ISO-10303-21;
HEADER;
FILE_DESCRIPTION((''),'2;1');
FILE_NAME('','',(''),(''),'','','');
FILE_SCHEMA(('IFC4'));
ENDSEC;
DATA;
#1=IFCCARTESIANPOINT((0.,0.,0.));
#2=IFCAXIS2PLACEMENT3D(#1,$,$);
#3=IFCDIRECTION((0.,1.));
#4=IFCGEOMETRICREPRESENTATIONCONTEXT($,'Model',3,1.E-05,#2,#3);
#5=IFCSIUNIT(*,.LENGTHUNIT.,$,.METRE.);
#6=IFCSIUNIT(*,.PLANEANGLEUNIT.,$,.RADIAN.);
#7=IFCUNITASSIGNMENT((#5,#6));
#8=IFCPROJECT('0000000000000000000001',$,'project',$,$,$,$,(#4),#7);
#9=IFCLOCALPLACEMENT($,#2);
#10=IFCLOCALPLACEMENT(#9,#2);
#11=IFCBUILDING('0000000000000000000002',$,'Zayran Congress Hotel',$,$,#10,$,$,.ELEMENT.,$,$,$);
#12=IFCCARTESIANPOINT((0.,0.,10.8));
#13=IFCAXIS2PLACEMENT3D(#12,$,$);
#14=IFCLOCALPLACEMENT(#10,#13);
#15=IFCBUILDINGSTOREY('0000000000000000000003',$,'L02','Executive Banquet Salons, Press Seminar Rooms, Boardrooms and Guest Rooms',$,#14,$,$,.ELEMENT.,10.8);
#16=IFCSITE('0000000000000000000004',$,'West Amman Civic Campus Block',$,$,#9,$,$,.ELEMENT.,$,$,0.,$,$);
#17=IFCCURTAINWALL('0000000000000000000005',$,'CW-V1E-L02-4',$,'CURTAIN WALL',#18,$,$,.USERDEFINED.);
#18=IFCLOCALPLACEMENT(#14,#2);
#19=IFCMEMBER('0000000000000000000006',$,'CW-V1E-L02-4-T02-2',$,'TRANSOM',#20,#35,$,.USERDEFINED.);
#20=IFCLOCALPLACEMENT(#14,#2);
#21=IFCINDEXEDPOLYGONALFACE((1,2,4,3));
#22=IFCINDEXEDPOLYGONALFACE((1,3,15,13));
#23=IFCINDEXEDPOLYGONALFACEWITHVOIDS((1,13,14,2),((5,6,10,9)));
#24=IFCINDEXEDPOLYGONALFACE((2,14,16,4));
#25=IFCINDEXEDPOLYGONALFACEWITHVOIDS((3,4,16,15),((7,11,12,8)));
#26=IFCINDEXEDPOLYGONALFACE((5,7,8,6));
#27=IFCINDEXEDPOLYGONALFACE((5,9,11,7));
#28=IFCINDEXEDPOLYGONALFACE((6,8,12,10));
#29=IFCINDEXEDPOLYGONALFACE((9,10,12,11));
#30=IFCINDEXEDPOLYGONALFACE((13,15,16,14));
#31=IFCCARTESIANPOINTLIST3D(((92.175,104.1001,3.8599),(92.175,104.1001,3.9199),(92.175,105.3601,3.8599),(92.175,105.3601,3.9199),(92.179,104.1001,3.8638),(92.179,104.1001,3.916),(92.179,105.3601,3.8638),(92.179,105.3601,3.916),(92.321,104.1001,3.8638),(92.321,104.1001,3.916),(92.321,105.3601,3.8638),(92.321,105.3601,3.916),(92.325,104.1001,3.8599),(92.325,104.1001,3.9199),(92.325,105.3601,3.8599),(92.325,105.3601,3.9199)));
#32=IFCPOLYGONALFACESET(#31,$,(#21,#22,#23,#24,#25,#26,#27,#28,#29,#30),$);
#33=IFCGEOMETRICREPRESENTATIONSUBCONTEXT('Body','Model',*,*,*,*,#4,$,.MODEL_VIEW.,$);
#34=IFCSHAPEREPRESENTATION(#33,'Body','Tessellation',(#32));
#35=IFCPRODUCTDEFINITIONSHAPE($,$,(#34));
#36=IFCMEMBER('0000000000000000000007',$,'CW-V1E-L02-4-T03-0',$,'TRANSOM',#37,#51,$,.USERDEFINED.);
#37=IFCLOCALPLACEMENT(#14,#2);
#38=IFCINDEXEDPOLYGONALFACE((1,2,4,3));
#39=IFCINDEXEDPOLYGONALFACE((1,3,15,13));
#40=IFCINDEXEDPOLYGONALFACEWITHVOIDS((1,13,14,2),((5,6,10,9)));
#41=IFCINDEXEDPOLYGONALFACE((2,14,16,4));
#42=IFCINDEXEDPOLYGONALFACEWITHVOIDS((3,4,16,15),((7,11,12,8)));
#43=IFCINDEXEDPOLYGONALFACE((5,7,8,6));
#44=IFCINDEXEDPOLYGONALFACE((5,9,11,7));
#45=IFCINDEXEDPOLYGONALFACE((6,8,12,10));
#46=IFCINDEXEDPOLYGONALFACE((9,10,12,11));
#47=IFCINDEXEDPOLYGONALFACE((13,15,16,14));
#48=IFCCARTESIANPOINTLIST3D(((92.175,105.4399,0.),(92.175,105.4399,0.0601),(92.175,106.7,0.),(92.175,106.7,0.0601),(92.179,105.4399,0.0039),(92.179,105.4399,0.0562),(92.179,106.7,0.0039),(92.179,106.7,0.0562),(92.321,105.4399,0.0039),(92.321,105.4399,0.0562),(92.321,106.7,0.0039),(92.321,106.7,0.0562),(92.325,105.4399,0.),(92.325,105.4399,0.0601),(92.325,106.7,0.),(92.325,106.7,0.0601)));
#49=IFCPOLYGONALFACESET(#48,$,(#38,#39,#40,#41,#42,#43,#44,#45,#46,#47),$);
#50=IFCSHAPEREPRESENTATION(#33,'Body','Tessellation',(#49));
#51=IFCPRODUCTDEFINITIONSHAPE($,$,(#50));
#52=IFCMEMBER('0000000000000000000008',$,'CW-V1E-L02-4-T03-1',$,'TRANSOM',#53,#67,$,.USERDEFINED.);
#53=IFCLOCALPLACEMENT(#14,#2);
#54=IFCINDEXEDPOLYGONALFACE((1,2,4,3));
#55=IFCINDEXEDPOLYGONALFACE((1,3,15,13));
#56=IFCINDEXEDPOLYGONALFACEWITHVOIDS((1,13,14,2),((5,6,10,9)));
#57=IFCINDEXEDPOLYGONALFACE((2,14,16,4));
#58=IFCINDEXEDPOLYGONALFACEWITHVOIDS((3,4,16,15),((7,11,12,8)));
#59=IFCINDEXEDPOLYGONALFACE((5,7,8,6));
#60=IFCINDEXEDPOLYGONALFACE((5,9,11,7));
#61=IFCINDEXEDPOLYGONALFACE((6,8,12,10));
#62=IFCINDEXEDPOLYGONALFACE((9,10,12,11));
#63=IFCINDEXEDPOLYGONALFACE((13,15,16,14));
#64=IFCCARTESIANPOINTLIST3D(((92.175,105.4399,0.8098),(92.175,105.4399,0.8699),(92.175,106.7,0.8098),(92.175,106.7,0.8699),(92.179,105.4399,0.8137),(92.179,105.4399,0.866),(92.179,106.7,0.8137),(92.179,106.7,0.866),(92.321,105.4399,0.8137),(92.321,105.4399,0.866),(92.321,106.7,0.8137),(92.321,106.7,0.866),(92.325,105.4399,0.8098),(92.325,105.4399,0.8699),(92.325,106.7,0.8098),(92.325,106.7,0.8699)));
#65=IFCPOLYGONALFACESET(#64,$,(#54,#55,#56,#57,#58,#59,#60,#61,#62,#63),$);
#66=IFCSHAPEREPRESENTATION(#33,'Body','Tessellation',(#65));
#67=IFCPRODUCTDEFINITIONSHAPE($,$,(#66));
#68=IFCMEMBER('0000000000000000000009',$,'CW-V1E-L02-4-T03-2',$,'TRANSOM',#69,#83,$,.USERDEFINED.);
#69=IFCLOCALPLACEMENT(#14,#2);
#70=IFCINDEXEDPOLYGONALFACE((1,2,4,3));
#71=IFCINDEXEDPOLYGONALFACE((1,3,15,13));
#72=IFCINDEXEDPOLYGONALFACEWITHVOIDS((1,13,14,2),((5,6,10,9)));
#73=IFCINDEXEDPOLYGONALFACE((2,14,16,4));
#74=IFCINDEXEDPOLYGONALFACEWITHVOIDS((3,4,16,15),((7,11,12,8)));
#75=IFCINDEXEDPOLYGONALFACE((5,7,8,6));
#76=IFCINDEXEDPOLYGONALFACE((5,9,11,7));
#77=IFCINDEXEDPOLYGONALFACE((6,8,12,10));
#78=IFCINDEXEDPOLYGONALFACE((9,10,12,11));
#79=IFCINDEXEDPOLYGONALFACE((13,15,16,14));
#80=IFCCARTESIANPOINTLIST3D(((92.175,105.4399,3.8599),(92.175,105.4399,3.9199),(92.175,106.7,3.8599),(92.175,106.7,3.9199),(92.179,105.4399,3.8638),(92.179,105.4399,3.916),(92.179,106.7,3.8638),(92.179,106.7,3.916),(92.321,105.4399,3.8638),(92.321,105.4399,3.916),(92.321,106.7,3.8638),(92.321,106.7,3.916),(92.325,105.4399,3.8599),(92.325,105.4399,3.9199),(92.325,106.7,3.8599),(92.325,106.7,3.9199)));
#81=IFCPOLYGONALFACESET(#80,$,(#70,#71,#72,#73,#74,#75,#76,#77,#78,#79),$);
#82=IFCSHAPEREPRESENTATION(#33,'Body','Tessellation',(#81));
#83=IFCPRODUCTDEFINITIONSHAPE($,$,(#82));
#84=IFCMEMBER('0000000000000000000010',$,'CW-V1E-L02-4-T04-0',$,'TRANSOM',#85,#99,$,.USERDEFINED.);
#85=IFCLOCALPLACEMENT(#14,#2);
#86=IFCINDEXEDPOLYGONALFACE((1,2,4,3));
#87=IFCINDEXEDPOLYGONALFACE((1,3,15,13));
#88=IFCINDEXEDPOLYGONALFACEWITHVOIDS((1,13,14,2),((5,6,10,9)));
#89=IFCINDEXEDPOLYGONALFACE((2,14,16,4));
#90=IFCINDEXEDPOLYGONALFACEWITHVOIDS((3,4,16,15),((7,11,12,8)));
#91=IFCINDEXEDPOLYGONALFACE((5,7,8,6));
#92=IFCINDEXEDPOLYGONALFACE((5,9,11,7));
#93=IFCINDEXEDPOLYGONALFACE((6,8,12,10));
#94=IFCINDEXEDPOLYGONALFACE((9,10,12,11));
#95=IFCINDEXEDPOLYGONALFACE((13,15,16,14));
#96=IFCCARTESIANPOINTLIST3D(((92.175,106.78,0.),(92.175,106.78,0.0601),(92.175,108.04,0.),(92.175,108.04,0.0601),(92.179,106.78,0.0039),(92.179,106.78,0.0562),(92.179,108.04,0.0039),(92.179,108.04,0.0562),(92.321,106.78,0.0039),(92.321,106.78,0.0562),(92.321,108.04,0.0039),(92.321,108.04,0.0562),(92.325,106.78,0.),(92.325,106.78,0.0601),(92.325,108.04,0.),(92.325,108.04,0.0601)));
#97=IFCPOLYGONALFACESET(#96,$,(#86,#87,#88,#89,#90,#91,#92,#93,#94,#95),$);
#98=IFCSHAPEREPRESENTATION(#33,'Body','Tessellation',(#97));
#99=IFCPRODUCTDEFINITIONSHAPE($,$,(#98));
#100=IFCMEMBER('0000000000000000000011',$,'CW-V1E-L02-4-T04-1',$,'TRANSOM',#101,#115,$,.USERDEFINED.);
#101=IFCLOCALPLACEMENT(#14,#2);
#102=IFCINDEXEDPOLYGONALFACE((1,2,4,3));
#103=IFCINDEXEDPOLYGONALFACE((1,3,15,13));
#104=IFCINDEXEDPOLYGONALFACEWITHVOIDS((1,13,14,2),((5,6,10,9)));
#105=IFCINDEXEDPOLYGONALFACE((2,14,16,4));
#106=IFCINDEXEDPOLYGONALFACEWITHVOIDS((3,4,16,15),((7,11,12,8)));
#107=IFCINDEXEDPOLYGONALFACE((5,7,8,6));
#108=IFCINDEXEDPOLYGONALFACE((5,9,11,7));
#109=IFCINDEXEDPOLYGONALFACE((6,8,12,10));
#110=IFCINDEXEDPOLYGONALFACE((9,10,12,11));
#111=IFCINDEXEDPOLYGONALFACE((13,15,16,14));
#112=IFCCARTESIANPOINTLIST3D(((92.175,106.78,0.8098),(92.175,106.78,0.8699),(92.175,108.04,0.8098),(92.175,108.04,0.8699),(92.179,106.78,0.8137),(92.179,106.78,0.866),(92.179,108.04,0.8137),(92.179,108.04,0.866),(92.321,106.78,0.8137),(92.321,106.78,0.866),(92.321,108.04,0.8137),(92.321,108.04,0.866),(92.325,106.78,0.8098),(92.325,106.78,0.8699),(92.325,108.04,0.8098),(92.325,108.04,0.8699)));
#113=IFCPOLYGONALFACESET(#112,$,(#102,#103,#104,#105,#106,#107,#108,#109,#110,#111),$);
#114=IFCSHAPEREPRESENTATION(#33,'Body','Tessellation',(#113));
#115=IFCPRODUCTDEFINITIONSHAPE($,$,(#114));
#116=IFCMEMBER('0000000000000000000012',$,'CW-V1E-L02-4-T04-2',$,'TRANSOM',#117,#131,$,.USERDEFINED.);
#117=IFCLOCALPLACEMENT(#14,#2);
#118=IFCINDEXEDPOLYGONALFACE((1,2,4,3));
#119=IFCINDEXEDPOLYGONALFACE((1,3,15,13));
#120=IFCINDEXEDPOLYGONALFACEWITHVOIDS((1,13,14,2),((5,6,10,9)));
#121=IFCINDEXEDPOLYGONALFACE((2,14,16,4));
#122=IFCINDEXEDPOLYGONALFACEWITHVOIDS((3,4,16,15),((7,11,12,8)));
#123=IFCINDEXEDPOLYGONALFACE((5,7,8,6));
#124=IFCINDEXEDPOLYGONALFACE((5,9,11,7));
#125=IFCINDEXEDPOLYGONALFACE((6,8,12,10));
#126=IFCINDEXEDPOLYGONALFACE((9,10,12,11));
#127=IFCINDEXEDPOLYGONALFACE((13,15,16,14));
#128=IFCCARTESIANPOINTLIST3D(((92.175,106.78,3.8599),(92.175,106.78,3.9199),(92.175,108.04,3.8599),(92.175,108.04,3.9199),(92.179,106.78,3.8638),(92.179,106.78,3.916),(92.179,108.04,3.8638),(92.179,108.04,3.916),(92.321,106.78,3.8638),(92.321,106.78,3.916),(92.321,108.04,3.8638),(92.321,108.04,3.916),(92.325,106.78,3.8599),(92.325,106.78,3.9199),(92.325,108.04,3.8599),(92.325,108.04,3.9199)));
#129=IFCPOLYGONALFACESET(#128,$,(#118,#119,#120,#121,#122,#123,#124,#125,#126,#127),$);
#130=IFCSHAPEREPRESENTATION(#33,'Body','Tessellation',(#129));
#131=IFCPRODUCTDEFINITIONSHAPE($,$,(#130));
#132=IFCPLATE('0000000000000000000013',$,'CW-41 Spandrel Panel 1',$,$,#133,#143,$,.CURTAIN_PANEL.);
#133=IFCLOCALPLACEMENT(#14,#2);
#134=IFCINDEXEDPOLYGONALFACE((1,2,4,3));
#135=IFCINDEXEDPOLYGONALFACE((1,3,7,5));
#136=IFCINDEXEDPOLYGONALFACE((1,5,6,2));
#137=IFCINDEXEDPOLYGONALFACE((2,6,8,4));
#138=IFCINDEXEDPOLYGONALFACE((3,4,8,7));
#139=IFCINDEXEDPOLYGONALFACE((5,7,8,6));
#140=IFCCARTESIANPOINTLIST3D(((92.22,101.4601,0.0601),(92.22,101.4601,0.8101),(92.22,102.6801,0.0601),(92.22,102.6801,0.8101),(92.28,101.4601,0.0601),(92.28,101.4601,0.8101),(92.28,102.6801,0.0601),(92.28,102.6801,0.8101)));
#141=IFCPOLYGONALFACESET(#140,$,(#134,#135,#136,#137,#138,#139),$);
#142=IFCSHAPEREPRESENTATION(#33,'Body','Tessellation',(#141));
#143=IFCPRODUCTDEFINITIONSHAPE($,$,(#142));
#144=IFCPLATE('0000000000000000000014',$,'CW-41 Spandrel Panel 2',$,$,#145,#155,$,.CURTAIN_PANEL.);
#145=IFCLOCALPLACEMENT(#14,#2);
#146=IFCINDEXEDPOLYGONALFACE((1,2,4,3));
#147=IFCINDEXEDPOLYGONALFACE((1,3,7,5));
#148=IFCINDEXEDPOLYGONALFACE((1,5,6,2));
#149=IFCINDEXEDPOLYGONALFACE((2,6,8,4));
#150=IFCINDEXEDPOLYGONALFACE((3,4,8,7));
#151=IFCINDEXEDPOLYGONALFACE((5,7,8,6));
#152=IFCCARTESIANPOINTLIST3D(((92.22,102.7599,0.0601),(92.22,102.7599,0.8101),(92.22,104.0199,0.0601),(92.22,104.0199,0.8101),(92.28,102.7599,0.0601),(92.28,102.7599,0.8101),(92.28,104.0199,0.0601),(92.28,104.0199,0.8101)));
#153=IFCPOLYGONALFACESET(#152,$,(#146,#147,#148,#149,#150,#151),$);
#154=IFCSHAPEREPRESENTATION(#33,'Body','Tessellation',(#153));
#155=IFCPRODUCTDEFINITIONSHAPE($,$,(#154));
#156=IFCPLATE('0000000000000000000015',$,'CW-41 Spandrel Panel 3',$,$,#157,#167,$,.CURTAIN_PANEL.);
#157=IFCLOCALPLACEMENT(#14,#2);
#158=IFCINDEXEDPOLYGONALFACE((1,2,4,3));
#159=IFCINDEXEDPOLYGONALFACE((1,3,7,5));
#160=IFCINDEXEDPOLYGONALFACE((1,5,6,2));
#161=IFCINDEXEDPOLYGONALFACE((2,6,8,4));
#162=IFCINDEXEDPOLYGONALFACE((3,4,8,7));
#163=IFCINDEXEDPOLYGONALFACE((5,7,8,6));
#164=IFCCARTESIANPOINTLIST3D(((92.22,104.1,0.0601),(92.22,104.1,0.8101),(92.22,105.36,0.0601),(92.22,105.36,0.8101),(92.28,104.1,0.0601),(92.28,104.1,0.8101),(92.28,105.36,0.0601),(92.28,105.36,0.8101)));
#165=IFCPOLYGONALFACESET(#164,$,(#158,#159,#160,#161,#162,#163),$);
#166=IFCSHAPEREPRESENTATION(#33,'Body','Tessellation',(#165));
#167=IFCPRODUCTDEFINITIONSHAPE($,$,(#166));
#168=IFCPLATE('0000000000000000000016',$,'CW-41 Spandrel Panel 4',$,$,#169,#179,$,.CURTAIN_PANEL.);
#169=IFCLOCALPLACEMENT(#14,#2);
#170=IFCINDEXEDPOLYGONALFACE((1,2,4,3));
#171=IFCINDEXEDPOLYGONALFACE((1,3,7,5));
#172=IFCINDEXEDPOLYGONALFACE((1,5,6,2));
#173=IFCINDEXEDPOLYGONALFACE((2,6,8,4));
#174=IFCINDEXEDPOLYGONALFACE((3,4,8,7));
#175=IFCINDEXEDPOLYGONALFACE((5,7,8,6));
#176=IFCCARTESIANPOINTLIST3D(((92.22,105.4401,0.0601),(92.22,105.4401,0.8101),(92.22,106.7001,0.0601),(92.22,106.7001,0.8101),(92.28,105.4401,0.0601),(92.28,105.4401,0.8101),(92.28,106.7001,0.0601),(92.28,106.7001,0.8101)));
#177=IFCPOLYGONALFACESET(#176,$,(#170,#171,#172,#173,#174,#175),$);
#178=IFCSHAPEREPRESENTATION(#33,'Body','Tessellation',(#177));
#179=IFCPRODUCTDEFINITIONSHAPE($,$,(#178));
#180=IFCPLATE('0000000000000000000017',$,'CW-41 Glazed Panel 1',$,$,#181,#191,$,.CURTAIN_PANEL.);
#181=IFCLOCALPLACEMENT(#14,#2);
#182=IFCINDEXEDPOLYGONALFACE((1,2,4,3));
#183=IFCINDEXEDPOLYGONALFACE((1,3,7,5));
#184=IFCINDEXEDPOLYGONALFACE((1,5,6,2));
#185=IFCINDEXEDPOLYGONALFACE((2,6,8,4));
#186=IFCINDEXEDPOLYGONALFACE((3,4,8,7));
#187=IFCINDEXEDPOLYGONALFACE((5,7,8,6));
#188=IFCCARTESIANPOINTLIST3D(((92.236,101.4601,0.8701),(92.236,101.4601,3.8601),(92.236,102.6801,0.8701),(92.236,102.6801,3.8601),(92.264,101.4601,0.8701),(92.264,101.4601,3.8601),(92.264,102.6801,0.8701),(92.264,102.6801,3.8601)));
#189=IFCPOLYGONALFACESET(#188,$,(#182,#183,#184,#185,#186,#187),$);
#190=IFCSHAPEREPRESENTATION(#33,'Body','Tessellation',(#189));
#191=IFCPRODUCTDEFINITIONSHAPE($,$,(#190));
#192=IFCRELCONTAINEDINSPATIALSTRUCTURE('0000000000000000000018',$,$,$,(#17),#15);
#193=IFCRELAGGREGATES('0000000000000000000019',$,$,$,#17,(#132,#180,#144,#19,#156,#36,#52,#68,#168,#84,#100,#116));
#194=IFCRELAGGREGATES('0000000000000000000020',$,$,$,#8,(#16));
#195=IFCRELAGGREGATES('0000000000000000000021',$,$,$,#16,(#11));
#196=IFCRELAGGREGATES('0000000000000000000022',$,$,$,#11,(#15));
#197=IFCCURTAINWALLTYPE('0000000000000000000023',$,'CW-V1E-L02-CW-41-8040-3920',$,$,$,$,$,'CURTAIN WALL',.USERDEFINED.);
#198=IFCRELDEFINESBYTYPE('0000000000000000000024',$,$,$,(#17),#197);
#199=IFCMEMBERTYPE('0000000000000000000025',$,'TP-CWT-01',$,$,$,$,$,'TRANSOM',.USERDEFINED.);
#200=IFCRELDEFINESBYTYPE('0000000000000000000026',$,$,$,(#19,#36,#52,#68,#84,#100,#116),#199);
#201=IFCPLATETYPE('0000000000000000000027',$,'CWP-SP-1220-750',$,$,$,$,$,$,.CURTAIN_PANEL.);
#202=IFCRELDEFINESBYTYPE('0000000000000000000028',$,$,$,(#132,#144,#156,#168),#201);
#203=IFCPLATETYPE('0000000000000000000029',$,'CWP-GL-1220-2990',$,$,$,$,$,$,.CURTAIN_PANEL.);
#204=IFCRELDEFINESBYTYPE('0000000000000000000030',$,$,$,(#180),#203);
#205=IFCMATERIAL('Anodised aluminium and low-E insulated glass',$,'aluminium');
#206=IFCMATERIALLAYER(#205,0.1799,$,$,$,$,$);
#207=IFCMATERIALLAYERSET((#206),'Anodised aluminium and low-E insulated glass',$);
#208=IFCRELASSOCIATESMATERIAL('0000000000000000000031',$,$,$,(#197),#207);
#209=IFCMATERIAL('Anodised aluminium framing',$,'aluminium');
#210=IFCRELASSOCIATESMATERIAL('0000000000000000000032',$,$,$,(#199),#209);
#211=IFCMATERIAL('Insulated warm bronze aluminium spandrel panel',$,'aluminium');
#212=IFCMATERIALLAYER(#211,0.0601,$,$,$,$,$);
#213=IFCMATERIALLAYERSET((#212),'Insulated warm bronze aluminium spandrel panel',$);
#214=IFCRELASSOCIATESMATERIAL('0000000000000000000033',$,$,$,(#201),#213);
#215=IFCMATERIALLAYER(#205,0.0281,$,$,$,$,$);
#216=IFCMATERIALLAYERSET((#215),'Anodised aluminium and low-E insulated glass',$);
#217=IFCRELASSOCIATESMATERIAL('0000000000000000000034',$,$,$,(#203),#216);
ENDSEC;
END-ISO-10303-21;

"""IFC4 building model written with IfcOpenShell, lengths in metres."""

from ifc_helpers import new_model, si_unit, direction, frame, origin, origin_2d, place, context, subcontext, project, spatial, rectangle, hollow_rectangle, extrude, material, layer, layer_set, material_profile, profile_set, type_object, element, aggregate, save


model = new_model("IFC4")

# Units and contexts
model_context = context("Model", 3, precision=1e-05, world=origin(), true_north=direction((0.0, 1.0)))
body_context = subcontext(model_context, "Body", "Model", "MODEL_VIEW")
ifc_project = project(units=[si_unit("LENGTHUNIT", "METRE"), si_unit("PLANEANGLEUNIT", "RADIAN")], contexts=[model_context])

# Site, building, storey
site_placement = place(None, origin())
site = spatial("IfcSite", under=ifc_project, at=site_placement, Name="West Amman Civic Campus Block", CompositionType="ELEMENT", RefElevation=0.0)
building_placement = place(site_placement, origin())
building = spatial("IfcBuilding", under=site, at=building_placement, Name="Zayran Congress Hotel", CompositionType="ELEMENT")
storey_placement = place(building_placement, frame((0.0, 0.0, 10.8)))
storey = spatial("IfcBuildingStorey", under=building, at=storey_placement, Name="L02", Description="Executive Banquet Salons, Press Seminar Rooms, Boardrooms and Guest Rooms", CompositionType="ELEMENT", Elevation=10.8)

# Curtain wall, members, plates
ifc_material_1 = material(Name="Anodised aluminium and low-E insulated glass", Category="aluminium")
ifc_layer_1 = layer(ifc_material_1, 0.1799)
ifc_layer_set_1 = layer_set([ifc_layer_1], Name="Anodised aluminium and low-E insulated glass")
curtain_wall_type = type_object("IfcCurtainWallType", Name="CW-V1E-L02-CW-41-8040-3920", ElementType="CURTAIN WALL", PredefinedType="USERDEFINED", material=ifc_layer_set_1)
curtain_wall_placement = place(storey_placement, origin())
curtain_wall = element("IfcCurtainWall", 1, at=curtain_wall_placement, inside=storey, type_object=curtain_wall_type, Name="CW-V1E-L02-4", ObjectType="CURTAIN WALL", PredefinedType="USERDEFINED")
ifc_material_2 = material(Name="Anodised aluminium framing", Category="aluminium")
ifc_material_profile_1 = material_profile(ifc_material_2, hollow_rectangle(XDim=0.0601, YDim=0.1499, WallThickness=0.0039, at=origin_2d()), Name="RHS 150x60x4")
ifc_profile_set_1 = profile_set([ifc_material_profile_1], Name="Anodised aluminium framing")
member_type_1 = type_object("IfcMemberType", Name="TP-CWT-01", ElementType="TRANSOM", PredefinedType="USERDEFINED", material=ifc_profile_set_1)
member_1_placement = place(storey_placement, frame((92.25, 104.1001, 3.8899), z_axis=(0.0, 1.0, 0.0), x_axis=(0.0, 0.0, 1.0)))
member_1 = element("IfcMember", 2, at=member_1_placement, type_object=member_type_1, Name="CW-V1E-L02-4-T02-2", ObjectType="TRANSOM", PredefinedType="USERDEFINED", context=body_context, shape_type="SweptSolid", body=[
    extrude(hollow_rectangle(XDim=0.0601, YDim=0.1499, WallThickness=0.0039, at=origin_2d()), origin(), (0.0, 0.0, 1.0), 1.26),
])
member_2_placement = place(storey_placement, frame((92.25, 105.4399, 0.03), z_axis=(0.0, 1.0, 0.0), x_axis=(0.0, 0.0, 1.0)))
member_2 = element("IfcMember", 3, at=member_2_placement, type_object=member_type_1, Name="CW-V1E-L02-4-T03-0", ObjectType="TRANSOM", PredefinedType="USERDEFINED", context=body_context, shape_type="SweptSolid", body=[
    extrude(hollow_rectangle(XDim=0.0601, YDim=0.1499, WallThickness=0.0039, at=origin_2d()), origin(), (0.0, 0.0, 1.0), 1.26),
])
member_3_placement = place(storey_placement, frame((92.25, 105.4399, 0.8398), z_axis=(0.0, 1.0, 0.0), x_axis=(0.0, 0.0, 1.0)))
member_3 = element("IfcMember", 4, at=member_3_placement, type_object=member_type_1, Name="CW-V1E-L02-4-T03-1", ObjectType="TRANSOM", PredefinedType="USERDEFINED", context=body_context, shape_type="SweptSolid", body=[
    extrude(hollow_rectangle(XDim=0.0601, YDim=0.1499, WallThickness=0.0039, at=origin_2d()), origin(), (0.0, 0.0, 1.0), 1.26),
])
member_4_placement = place(storey_placement, frame((92.25, 105.4399, 3.8899), z_axis=(0.0, 1.0, 0.0), x_axis=(0.0, 0.0, 1.0)))
member_4 = element("IfcMember", 5, at=member_4_placement, type_object=member_type_1, Name="CW-V1E-L02-4-T03-2", ObjectType="TRANSOM", PredefinedType="USERDEFINED", context=body_context, shape_type="SweptSolid", body=[
    extrude(hollow_rectangle(XDim=0.0601, YDim=0.1499, WallThickness=0.0039, at=origin_2d()), origin(), (0.0, 0.0, 1.0), 1.26),
])
member_5_placement = place(storey_placement, frame((92.25, 106.78, 0.03), z_axis=(0.0, 1.0, 0.0), x_axis=(0.0, 0.0, 1.0)))
member_5 = element("IfcMember", 6, at=member_5_placement, type_object=member_type_1, Name="CW-V1E-L02-4-T04-0", ObjectType="TRANSOM", PredefinedType="USERDEFINED", context=body_context, shape_type="SweptSolid", body=[
    extrude(hollow_rectangle(XDim=0.0601, YDim=0.1499, WallThickness=0.0039, at=origin_2d()), origin(), (0.0, 0.0, 1.0), 1.26),
])
member_6_placement = place(storey_placement, frame((92.25, 106.78, 0.8398), z_axis=(0.0, 1.0, 0.0), x_axis=(0.0, 0.0, 1.0)))
member_6 = element("IfcMember", 7, at=member_6_placement, type_object=member_type_1, Name="CW-V1E-L02-4-T04-1", ObjectType="TRANSOM", PredefinedType="USERDEFINED", context=body_context, shape_type="SweptSolid", body=[
    extrude(hollow_rectangle(XDim=0.0601, YDim=0.1499, WallThickness=0.0039, at=origin_2d()), origin(), (0.0, 0.0, 1.0), 1.26),
])
member_7_placement = place(storey_placement, frame((92.25, 106.78, 3.8899), z_axis=(0.0, 1.0, 0.0), x_axis=(0.0, 0.0, 1.0)))
member_7 = element("IfcMember", 8, at=member_7_placement, type_object=member_type_1, Name="CW-V1E-L02-4-T04-2", ObjectType="TRANSOM", PredefinedType="USERDEFINED", context=body_context, shape_type="SweptSolid", body=[
    extrude(hollow_rectangle(XDim=0.0601, YDim=0.1499, WallThickness=0.0039, at=origin_2d()), origin(), (0.0, 0.0, 1.0), 1.26),
])
ifc_material_3 = material(Name="Insulated warm bronze aluminium spandrel panel", Category="aluminium")
ifc_layer_2 = layer(ifc_material_3, 0.0601)
ifc_layer_set_2 = layer_set([ifc_layer_2], Name="Insulated warm bronze aluminium spandrel panel")
plate_type_1 = type_object("IfcPlateType", Name="CWP-SP-1220-750", PredefinedType="CURTAIN_PANEL", material=ifc_layer_set_2)
plate_1_placement = place(storey_placement, frame((92.25, 102.0701, 0.0601), z_axis=(0.0, 0.0, 1.0), x_axis=(0.0, 1.0, 0.0)))
plate_1 = element("IfcPlate", 9, at=plate_1_placement, type_object=plate_type_1, Name="CW-41 Spandrel Panel 1", PredefinedType="CURTAIN_PANEL", context=body_context, shape_type="SweptSolid", body=[
    extrude(rectangle(XDim=1.22, YDim=0.0601, at=origin_2d()), origin(), (0.0, 0.0, 1.0), 0.75),
])
plate_2_placement = place(storey_placement, frame((92.25, 103.3899, 0.0601), z_axis=(0.0, 0.0, 1.0), x_axis=(0.0, 1.0, 0.0)))
plate_2 = element("IfcPlate", 10, at=plate_2_placement, type_object=plate_type_1, Name="CW-41 Spandrel Panel 2", PredefinedType="CURTAIN_PANEL", context=body_context, shape_type="SweptSolid", body=[
    extrude(rectangle(XDim=1.26, YDim=0.0601, at=origin_2d()), origin(), (0.0, 0.0, 1.0), 0.75),
])
plate_3_placement = place(storey_placement, frame((92.25, 104.73, 0.0601), z_axis=(0.0, 0.0, 1.0), x_axis=(0.0, 1.0, 0.0)))
plate_3 = element("IfcPlate", 11, at=plate_3_placement, type_object=plate_type_1, Name="CW-41 Spandrel Panel 3", PredefinedType="CURTAIN_PANEL", context=body_context, shape_type="SweptSolid", body=[
    extrude(rectangle(XDim=1.26, YDim=0.0601, at=origin_2d()), origin(), (0.0, 0.0, 1.0), 0.75),
])
plate_4_placement = place(storey_placement, frame((92.25, 106.0701, 0.0601), z_axis=(0.0, 0.0, 1.0), x_axis=(0.0, 1.0, 0.0)))
plate_4 = element("IfcPlate", 12, at=plate_4_placement, type_object=plate_type_1, Name="CW-41 Spandrel Panel 4", PredefinedType="CURTAIN_PANEL", context=body_context, shape_type="SweptSolid", body=[
    extrude(rectangle(XDim=1.26, YDim=0.0601, at=origin_2d()), origin(), (0.0, 0.0, 1.0), 0.75),
])
ifc_layer_3 = layer(ifc_material_1, 0.0281)
ifc_layer_set_3 = layer_set([ifc_layer_3], Name="Anodised aluminium and low-E insulated glass")
plate_type_2 = type_object("IfcPlateType", Name="CWP-GL-1220-2990", PredefinedType="CURTAIN_PANEL", material=ifc_layer_set_3)
plate_5_placement = place(storey_placement, frame((92.25, 102.0701, 0.8701), z_axis=(0.0, 0.0, 1.0), x_axis=(0.0, 1.0, 0.0)))
plate_5 = element("IfcPlate", 13, at=plate_5_placement, type_object=plate_type_2, Name="CW-41 Glazed Panel 1", PredefinedType="CURTAIN_PANEL", context=body_context, shape_type="SweptSolid", body=[
    extrude(rectangle(XDim=1.22, YDim=0.0281, at=origin_2d()), origin(), (0.0, 0.0, 1.0), 2.99),
])
aggregate(curtain_wall, [plate_1, plate_5, plate_2, member_1, plate_3, member_2, member_3, member_4, plate_4, member_5, member_6, member_7])

save(model, "model.ifc")
